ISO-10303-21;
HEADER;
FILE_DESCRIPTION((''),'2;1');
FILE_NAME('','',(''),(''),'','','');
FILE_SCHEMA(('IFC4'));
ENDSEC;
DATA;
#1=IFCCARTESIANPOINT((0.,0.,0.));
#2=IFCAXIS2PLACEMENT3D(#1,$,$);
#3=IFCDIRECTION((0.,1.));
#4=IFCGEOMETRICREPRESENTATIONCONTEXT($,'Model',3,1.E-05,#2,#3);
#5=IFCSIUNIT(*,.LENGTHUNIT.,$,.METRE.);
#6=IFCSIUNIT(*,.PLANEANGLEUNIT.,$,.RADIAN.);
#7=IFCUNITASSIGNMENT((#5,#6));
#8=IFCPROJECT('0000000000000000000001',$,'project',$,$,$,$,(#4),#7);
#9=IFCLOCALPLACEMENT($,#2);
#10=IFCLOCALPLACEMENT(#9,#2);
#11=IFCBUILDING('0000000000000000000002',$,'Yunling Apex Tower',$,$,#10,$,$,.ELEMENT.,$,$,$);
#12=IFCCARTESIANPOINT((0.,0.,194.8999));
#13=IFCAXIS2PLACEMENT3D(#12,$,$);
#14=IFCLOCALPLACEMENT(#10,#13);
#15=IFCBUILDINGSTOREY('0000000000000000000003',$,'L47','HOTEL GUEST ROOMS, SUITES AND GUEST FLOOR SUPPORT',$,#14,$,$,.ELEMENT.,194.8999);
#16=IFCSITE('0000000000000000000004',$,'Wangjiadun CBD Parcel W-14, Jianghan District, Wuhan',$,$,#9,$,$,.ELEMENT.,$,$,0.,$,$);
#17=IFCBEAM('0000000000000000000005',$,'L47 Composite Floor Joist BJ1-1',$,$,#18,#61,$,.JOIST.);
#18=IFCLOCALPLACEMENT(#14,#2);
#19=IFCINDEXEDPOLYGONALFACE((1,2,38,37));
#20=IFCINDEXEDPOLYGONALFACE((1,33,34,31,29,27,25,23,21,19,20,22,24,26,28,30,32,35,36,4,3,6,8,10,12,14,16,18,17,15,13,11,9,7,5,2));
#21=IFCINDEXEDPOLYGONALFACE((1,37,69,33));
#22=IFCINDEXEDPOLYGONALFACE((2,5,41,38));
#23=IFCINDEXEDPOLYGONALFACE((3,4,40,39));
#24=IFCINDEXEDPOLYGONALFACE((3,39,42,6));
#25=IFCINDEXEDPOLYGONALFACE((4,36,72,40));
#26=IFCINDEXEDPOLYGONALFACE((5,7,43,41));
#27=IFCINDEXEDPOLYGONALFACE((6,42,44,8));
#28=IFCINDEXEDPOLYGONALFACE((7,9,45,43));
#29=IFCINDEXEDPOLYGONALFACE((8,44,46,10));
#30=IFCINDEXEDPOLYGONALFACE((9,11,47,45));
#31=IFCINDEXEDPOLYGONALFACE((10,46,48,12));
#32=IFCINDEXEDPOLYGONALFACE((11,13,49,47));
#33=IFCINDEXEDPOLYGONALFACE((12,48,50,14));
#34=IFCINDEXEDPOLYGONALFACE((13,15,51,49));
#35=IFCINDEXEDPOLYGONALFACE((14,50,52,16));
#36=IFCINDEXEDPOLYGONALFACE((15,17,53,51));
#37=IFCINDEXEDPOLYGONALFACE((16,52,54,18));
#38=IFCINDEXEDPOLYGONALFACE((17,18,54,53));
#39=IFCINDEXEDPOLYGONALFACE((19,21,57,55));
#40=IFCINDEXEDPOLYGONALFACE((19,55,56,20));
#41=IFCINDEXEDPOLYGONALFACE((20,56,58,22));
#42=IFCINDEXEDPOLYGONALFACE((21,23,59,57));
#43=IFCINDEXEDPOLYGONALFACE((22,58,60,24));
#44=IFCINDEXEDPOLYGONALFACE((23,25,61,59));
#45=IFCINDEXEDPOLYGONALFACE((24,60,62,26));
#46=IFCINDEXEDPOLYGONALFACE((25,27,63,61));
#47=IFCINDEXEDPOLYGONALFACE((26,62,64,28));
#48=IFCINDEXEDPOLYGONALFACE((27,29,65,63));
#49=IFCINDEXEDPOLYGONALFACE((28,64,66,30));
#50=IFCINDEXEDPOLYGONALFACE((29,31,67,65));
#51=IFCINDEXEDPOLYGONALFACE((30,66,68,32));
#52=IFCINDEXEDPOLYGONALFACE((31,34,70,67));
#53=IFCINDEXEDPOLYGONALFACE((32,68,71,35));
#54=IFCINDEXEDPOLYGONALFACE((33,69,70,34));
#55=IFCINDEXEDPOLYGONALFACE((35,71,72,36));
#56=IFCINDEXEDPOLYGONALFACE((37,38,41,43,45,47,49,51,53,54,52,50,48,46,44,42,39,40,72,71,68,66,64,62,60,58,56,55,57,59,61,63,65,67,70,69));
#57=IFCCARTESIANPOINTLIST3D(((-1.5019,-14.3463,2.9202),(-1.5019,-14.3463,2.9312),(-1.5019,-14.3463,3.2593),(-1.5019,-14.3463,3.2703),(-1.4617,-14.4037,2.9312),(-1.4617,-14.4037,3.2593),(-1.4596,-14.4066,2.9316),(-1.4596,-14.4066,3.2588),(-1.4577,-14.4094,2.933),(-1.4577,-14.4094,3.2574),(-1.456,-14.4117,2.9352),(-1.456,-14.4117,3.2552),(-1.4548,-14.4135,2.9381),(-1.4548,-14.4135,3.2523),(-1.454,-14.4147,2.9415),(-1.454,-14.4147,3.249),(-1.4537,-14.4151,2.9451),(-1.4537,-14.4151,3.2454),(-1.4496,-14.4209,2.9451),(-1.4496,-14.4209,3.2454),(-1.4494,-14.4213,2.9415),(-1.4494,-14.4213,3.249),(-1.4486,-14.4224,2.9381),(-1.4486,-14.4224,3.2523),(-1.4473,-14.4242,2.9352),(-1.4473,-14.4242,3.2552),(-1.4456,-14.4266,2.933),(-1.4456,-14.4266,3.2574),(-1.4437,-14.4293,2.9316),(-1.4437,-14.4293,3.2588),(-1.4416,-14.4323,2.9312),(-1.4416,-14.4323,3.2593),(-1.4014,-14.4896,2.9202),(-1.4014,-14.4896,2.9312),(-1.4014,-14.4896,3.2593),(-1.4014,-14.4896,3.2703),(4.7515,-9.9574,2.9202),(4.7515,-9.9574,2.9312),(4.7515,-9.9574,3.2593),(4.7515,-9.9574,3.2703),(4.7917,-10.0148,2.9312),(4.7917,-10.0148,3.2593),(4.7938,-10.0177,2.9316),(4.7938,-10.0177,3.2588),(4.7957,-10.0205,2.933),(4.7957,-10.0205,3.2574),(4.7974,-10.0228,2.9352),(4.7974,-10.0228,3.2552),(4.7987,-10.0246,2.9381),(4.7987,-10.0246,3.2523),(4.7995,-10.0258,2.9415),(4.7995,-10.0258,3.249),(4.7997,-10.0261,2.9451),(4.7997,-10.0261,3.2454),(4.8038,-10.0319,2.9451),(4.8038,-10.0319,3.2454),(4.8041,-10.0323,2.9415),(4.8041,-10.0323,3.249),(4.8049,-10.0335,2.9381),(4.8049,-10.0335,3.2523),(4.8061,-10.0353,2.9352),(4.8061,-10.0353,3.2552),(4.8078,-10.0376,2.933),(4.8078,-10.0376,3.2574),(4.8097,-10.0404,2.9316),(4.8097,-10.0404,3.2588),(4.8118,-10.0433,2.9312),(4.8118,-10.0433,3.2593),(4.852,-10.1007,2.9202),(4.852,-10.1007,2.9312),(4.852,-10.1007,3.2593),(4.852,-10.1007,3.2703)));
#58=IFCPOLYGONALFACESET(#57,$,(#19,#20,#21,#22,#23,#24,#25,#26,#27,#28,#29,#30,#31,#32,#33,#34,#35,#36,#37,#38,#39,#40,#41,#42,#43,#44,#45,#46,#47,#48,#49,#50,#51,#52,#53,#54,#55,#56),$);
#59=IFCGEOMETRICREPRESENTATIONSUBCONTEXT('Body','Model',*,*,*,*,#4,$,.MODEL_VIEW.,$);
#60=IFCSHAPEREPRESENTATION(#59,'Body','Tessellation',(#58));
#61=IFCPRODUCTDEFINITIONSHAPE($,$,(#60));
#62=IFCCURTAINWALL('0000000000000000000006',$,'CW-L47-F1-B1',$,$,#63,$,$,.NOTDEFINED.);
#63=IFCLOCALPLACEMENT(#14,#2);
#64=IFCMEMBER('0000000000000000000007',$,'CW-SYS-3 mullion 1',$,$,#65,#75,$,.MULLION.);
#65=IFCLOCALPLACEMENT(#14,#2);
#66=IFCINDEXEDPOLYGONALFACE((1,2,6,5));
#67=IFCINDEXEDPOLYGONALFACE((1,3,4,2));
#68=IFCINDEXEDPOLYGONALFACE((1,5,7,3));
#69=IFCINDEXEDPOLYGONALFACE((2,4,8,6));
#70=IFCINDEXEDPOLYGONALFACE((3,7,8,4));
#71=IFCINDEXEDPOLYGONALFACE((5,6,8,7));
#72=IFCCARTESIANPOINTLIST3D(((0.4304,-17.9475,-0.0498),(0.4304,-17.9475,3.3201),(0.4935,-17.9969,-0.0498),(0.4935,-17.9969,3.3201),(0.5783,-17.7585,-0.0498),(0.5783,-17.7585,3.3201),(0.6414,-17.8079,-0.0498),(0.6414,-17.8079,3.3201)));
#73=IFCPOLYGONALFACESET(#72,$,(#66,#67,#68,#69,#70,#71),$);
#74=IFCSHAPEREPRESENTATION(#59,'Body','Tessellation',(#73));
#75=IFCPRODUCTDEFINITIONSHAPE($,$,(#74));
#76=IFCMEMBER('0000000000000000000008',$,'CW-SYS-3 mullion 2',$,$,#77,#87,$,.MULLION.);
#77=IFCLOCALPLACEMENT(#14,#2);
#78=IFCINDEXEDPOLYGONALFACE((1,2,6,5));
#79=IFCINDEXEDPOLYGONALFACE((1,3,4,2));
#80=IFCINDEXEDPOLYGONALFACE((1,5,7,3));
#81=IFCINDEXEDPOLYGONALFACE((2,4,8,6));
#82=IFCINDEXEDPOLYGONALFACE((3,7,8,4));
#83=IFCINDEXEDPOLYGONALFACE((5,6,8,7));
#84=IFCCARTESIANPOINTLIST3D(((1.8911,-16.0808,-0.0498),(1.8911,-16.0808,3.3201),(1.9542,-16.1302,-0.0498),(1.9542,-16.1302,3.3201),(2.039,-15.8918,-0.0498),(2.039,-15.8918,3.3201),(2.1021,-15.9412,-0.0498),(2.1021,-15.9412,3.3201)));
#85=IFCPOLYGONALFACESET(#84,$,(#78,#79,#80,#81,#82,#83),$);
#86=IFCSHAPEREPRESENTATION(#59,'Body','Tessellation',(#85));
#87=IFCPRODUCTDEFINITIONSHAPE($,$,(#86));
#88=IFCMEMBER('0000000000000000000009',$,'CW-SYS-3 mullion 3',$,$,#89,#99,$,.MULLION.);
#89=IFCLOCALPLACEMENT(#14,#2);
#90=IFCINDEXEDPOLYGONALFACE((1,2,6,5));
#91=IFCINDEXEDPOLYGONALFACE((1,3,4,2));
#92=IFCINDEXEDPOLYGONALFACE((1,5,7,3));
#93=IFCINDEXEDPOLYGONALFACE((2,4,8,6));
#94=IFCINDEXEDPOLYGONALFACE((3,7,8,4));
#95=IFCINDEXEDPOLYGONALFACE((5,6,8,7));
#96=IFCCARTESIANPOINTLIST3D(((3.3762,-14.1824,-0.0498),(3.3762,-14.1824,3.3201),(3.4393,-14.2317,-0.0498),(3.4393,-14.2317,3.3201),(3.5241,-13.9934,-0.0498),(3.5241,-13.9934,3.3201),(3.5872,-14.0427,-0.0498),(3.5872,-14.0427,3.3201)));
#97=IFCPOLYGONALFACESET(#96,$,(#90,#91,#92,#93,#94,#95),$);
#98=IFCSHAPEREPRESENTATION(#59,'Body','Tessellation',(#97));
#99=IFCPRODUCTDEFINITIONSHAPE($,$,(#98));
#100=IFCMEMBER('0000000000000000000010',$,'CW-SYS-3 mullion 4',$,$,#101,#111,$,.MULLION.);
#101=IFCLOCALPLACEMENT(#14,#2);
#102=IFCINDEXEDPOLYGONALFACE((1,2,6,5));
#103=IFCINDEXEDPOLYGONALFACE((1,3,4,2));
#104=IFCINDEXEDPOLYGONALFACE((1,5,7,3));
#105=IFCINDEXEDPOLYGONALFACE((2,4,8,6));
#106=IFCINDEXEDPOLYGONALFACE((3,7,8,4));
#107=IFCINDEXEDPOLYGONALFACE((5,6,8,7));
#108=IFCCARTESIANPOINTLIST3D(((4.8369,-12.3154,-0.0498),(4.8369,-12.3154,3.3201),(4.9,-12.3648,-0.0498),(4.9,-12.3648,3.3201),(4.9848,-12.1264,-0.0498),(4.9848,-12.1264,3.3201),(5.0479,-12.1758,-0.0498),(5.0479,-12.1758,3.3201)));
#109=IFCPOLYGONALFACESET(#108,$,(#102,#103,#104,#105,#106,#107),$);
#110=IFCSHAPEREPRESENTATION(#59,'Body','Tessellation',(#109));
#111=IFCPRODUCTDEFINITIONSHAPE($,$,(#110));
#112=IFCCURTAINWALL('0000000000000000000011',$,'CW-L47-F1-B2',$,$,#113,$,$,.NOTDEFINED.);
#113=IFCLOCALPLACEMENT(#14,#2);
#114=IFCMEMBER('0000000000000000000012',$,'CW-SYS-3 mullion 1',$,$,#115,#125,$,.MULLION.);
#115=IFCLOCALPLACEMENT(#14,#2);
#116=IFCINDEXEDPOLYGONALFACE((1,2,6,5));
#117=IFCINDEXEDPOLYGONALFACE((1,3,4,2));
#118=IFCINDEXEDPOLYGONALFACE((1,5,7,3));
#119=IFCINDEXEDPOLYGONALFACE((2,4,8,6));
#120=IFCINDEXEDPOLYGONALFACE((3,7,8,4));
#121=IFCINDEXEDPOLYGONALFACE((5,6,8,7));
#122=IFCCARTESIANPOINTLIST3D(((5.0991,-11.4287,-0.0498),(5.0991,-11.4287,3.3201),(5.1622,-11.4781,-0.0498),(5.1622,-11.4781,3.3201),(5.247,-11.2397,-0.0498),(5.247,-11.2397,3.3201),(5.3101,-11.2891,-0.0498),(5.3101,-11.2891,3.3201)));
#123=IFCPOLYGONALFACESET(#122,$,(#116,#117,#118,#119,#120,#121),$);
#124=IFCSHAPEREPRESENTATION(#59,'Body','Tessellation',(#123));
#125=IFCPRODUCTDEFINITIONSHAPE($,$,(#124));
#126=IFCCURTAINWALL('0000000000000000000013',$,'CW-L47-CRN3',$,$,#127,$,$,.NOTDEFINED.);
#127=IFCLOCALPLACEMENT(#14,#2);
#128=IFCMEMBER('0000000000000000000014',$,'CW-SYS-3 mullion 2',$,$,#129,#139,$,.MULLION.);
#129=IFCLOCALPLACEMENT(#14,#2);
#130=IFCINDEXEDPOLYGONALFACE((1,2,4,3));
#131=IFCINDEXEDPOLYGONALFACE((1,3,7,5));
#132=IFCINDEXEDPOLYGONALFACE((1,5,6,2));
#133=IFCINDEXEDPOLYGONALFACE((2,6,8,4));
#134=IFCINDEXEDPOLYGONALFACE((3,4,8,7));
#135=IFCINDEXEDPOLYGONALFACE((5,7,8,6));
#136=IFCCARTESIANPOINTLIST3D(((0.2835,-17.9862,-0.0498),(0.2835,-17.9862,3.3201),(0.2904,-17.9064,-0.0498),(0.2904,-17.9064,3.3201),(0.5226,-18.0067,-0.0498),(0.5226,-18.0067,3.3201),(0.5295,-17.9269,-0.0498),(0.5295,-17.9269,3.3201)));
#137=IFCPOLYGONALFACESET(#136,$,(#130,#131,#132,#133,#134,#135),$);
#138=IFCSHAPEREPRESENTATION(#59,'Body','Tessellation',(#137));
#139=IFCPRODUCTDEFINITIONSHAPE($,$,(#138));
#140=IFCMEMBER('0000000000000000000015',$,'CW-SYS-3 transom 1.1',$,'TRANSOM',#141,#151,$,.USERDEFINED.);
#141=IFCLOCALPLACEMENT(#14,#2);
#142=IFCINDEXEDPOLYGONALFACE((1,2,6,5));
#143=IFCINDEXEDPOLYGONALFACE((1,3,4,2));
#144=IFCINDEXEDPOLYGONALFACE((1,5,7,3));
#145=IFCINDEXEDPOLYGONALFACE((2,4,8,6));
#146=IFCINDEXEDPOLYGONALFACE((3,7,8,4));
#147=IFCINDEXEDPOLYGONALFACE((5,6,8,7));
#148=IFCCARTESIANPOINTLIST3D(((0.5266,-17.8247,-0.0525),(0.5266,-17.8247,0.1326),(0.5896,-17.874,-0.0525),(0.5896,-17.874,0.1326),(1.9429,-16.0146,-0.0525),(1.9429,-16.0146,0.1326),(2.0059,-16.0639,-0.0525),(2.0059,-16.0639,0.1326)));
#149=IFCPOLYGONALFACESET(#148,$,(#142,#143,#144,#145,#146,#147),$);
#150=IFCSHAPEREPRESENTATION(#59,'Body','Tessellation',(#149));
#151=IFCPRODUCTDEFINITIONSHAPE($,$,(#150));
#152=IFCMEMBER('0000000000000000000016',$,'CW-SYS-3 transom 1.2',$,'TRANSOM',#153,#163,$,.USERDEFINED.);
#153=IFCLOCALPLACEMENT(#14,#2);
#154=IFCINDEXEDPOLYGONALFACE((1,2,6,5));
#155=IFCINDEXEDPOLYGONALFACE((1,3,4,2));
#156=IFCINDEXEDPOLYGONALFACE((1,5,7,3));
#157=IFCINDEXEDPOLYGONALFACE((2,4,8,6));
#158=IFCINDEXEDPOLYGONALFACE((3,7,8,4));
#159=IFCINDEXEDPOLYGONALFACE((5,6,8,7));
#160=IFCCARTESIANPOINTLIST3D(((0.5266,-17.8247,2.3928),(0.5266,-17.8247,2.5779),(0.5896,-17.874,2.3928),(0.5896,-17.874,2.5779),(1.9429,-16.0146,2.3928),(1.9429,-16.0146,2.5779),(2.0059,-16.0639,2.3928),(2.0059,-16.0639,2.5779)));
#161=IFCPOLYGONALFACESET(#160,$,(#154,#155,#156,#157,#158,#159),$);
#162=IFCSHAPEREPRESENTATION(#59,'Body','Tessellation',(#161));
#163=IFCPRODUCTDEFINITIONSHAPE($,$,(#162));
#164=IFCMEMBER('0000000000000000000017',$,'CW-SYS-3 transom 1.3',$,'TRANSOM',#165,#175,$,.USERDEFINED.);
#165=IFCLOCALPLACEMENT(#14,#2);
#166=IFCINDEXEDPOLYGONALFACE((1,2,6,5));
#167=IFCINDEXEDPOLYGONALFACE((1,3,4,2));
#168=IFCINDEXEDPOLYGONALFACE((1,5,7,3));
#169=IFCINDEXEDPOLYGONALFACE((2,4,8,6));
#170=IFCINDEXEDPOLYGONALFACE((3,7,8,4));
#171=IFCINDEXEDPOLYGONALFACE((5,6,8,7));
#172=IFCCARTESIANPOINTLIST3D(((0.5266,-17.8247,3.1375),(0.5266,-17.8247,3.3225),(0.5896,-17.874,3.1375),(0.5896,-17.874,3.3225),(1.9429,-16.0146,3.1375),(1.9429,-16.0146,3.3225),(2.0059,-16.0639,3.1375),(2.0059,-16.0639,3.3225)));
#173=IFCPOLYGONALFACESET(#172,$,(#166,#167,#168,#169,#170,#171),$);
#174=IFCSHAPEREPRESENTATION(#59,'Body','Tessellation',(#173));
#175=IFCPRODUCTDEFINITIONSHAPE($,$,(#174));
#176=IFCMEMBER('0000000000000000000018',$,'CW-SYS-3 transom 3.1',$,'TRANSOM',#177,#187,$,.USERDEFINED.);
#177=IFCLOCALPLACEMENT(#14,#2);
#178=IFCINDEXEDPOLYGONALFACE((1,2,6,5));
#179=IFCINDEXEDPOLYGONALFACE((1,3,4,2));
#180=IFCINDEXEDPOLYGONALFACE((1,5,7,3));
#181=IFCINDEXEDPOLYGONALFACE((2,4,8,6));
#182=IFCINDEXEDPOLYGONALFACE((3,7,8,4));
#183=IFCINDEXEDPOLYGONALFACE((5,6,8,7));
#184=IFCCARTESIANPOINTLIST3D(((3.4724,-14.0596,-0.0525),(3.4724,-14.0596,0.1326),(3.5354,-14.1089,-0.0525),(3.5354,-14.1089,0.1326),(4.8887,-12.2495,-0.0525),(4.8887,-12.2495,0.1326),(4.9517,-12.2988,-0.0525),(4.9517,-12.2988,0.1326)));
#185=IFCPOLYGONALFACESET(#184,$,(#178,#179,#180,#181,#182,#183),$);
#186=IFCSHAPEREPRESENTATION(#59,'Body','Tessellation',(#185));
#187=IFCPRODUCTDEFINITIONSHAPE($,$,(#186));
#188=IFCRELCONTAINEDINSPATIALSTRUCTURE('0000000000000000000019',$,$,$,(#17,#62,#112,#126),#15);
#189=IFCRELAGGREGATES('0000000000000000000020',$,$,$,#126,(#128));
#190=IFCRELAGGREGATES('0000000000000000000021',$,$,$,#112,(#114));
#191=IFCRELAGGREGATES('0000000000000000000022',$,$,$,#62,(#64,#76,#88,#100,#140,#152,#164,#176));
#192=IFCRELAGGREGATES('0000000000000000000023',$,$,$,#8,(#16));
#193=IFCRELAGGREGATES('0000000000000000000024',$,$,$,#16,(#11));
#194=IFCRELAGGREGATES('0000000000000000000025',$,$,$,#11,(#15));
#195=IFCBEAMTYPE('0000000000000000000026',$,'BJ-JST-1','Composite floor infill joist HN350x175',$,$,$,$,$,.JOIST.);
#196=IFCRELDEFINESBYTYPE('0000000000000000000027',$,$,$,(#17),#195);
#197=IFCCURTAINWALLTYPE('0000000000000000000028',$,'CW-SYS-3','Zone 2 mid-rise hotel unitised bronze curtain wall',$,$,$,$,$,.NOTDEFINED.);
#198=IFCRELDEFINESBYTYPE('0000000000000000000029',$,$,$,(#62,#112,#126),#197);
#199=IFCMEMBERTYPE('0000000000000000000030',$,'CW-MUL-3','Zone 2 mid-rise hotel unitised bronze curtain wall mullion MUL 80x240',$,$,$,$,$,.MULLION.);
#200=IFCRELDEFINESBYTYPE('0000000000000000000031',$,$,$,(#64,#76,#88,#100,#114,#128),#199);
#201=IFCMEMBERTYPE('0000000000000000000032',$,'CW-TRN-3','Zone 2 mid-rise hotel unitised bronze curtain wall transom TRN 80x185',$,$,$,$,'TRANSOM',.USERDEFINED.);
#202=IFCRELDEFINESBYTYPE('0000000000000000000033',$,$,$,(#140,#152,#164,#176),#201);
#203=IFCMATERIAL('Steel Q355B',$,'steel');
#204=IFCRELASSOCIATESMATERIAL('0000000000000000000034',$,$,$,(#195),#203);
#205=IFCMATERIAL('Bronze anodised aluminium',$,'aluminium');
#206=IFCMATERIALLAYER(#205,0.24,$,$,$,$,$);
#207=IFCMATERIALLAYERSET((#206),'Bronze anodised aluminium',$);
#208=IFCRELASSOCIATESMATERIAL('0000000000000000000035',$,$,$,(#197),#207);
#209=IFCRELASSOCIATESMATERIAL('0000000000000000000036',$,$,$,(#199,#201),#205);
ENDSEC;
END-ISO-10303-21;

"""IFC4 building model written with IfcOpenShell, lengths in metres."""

from ifc_helpers import new_model, si_unit, direction, frame, origin, origin_2d, place, context, subcontext, project, spatial, rectangle, i_section, extrude, source, transform, mapped, material, layer, layer_set, material_profile, profile_set, type_object, element, aggregate, save


model = new_model("IFC4")

# Units and contexts
model_context = context("Model", 3, precision=1e-05, world=origin(), true_north=direction((0.0, 1.0)))
body_context = subcontext(model_context, "Body", "Model", "MODEL_VIEW")
ifc_project = project(units=[si_unit("LENGTHUNIT", "METRE"), si_unit("PLANEANGLEUNIT", "RADIAN")], contexts=[model_context])

# Site, building, storey
site_placement = place(None, origin())
site = spatial("IfcSite", under=ifc_project, at=site_placement, Name="Wangjiadun CBD Parcel W-14, Jianghan District, Wuhan", CompositionType="ELEMENT", RefElevation=0.0)
building_placement = place(site_placement, origin())
building = spatial("IfcBuilding", under=site, at=building_placement, Name="Yunling Apex Tower", CompositionType="ELEMENT")
storey_placement = place(building_placement, frame((0.0, 0.0, 194.8999)))
storey = spatial("IfcBuildingStorey", under=building, at=storey_placement, Name="L47", Description="HOTEL GUEST ROOMS, SUITES AND GUEST FLOOR SUPPORT", CompositionType="ELEMENT", Elevation=194.8999)

# Beam
ifc_material_1 = material(Name="Steel Q355B", Category="steel")
ifc_material_profile_1 = material_profile(ifc_material_1, i_section(OverallWidth=0.175, OverallDepth=0.3501, WebThickness=0.0071, FlangeThickness=0.011, FilletRadius=0.0139, at=origin_2d()))
ifc_profile_set_1 = profile_set([ifc_material_profile_1], Name="Steel Q355B")
beam_type_1 = type_object("IfcBeamType", Name="BJ-JST-1", Description="Composite floor infill joist HN350x175", PredefinedType="JOIST", material=ifc_profile_set_1)
shared_shape_1 = source(origin(), body_context, "Body", "SweptSolid", [
    extrude(i_section(OverallWidth=0.175, OverallDepth=0.3501, WebThickness=0.0071, FlangeThickness=0.011, FilletRadius=0.0139, at=origin_2d()), origin(), (0.0, 0.0, 1.0), 7.6399),
])
beam_1_placement = place(storey_placement, frame((-1.4517, -14.418, 3.0952), z_axis=(0.818523, 0.574474, 0.0), x_axis=(-0.574474, 0.818523, 0.0)))
element("IfcBeam", 1, at=beam_1_placement, inside=storey, type_object=beam_type_1, Name="L47 Composite Floor Joist BJ1-1", PredefinedType="JOIST", context=body_context, shape_type="MappedRepresentation", body=[
    mapped(shared_shape_1, transform((0.0, 0.0, 0.0), scale=1.0)),
])

# Curtain wall, members
ifc_material_2 = material(Name="Bronze anodised aluminium", Category="aluminium")
ifc_layer_1 = layer(ifc_material_2, 0.24)
ifc_layer_set_1 = layer_set([ifc_layer_1], Name="Bronze anodised aluminium")
curtain_wall_type = type_object("IfcCurtainWallType", Name="CW-SYS-3", Description="Zone 2 mid-rise hotel unitised bronze curtain wall", PredefinedType="NOTDEFINED", material=ifc_layer_set_1)
curtain_wall_1_placement = place(storey_placement, origin())
curtain_wall_1 = element("IfcCurtainWall", 2, at=curtain_wall_1_placement, inside=storey, type_object=curtain_wall_type, Name="CW-L47-F1-B1", PredefinedType="NOTDEFINED")
ifc_material_profile_2 = material_profile(ifc_material_2, rectangle(XDim=0.0801, YDim=0.24, at=origin_2d()))
ifc_profile_set_2 = profile_set([ifc_material_profile_2], Name="Bronze anodised aluminium")
member_type_1 = type_object("IfcMemberType", Name="CW-MUL-3", Description="Zone 2 mid-rise hotel unitised bronze curtain wall mullion MUL 80x240", PredefinedType="MULLION", material=ifc_profile_set_2)
shared_shape_2 = source(origin(), body_context, "Body", "SweptSolid", [
    extrude(rectangle(XDim=0.0801, YDim=0.24, at=origin_2d()), origin(), (0.0, 0.0, 1.0), 3.3699),
])
member_1_placement = place(storey_placement, frame((0.5359, -17.8777, -0.0498), z_axis=(0.0, 0.0, 1.0), x_axis=(-0.787589, 0.6162, 0.0)))
member_1 = element("IfcMember", 3, at=member_1_placement, type_object=member_type_1, Name="CW-SYS-3 mullion 1", PredefinedType="MULLION", context=body_context, shape_type="MappedRepresentation", body=[
    mapped(shared_shape_2, transform((0.0, 0.0, 0.0), scale=1.0)),
])
member_2_placement = place(storey_placement, frame((1.9966, -16.011, -0.0498), z_axis=(0.0, 0.0, 1.0), x_axis=(-0.787589, 0.6162, 0.0)))
member_2 = element("IfcMember", 4, at=member_2_placement, type_object=member_type_1, Name="CW-SYS-3 mullion 2", PredefinedType="MULLION", context=body_context, shape_type="MappedRepresentation", body=[
    mapped(shared_shape_2, transform((0.0, 0.0, 0.0), scale=1.0)),
])
member_3_placement = place(storey_placement, frame((3.4817, -14.1125, -0.0498), z_axis=(0.0, 0.0, 1.0), x_axis=(-0.787589, 0.6162, 0.0)))
member_3 = element("IfcMember", 5, at=member_3_placement, type_object=member_type_1, Name="CW-SYS-3 mullion 3", PredefinedType="MULLION", context=body_context, shape_type="MappedRepresentation", body=[
    mapped(shared_shape_2, transform((0.0, 0.0, 0.0), scale=1.0)),
])
member_4_placement = place(storey_placement, frame((4.9424, -12.2456, -0.0498), z_axis=(0.0, 0.0, 1.0), x_axis=(-0.787589, 0.6162, 0.0)))
member_4 = element("IfcMember", 6, at=member_4_placement, type_object=member_type_1, Name="CW-SYS-3 mullion 4", PredefinedType="MULLION", context=body_context, shape_type="MappedRepresentation", body=[
    mapped(shared_shape_2, transform((0.0, 0.0, 0.0), scale=1.0)),
])

# Curtain walls, members
curtain_wall_2_placement = place(storey_placement, origin())
curtain_wall_2 = element("IfcCurtainWall", 7, at=curtain_wall_2_placement, inside=storey, type_object=curtain_wall_type, Name="CW-L47-F1-B2", PredefinedType="NOTDEFINED")
member_5_placement = place(storey_placement, frame((5.2046, -11.3589, -0.0498), z_axis=(0.0, 0.0, 1.0), x_axis=(-0.787576, 0.616217, 0.0)))
member_5 = element("IfcMember", 8, at=member_5_placement, type_object=member_type_1, Name="CW-SYS-3 mullion 1", PredefinedType="MULLION", context=body_context, shape_type="MappedRepresentation", body=[
    mapped(shared_shape_2, transform((0.0, 0.0, 0.0), scale=1.0)),
])
curtain_wall_3_placement = place(storey_placement, origin())
curtain_wall_3 = element("IfcCurtainWall", 9, at=curtain_wall_3_placement, inside=storey, type_object=curtain_wall_type, Name="CW-L47-CRN3", PredefinedType="NOTDEFINED")
member_6_placement = place(storey_placement, frame((0.4065, -17.9565, -0.0498), z_axis=(0.0, 0.0, 1.0), x_axis=(0.085517, 0.996337, 0.0)))
member_6 = element("IfcMember", 10, at=member_6_placement, type_object=member_type_1, Name="CW-SYS-3 mullion 2", PredefinedType="MULLION", context=body_context, shape_type="MappedRepresentation", body=[
    mapped(shared_shape_2, transform((0.0, 0.0, 0.0), scale=1.0)),
])
aggregate(curtain_wall_3, [member_6])

# Members
ifc_material_profile_3 = material_profile(ifc_material_2, rectangle(XDim=0.0801, YDim=0.1851, at=origin_2d()))
ifc_profile_set_3 = profile_set([ifc_material_profile_3], Name="Bronze anodised aluminium")
member_type_2 = type_object("IfcMemberType", Name="CW-TRN-3", Description="Zone 2 mid-rise hotel unitised bronze curtain wall transom TRN 80x185", ElementType="TRANSOM", PredefinedType="USERDEFINED", material=ifc_profile_set_3)
shared_shape_3 = source(origin(), body_context, "Body", "SweptSolid", [
    extrude(rectangle(XDim=0.0801, YDim=0.1851, at=origin_2d()), origin(), (0.0, 0.0, 1.0), 2.2983),
])
member_7_placement = place(storey_placement, frame((0.5581, -17.8494, 0.04), z_axis=(0.616225, 0.78757, 0.0), x_axis=(-0.78757, 0.616225, 0.0)))
member_7 = element("IfcMember", 11, at=member_7_placement, type_object=member_type_2, Name="CW-SYS-3 transom 1.1", ObjectType="TRANSOM", PredefinedType="USERDEFINED", context=body_context, shape_type="MappedRepresentation", body=[
    mapped(shared_shape_3, transform((0.0, 0.0, 0.0), scale=1.0)),
])
member_8_placement = place(storey_placement, frame((0.5581, -17.8494, 2.4854), z_axis=(0.616225, 0.78757, 0.0), x_axis=(-0.78757, 0.616225, 0.0)))
member_8 = element("IfcMember", 12, at=member_8_placement, type_object=member_type_2, Name="CW-SYS-3 transom 1.2", ObjectType="TRANSOM", PredefinedType="USERDEFINED", context=body_context, shape_type="MappedRepresentation", body=[
    mapped(shared_shape_3, transform((0.0, 0.0, 0.0), scale=1.0)),
])
member_9_placement = place(storey_placement, frame((0.5581, -17.8494, 3.23), z_axis=(0.616225, 0.78757, 0.0), x_axis=(-0.78757, 0.616225, 0.0)))
member_9 = element("IfcMember", 13, at=member_9_placement, type_object=member_type_2, Name="CW-SYS-3 transom 1.3", ObjectType="TRANSOM", PredefinedType="USERDEFINED", context=body_context, shape_type="MappedRepresentation", body=[
    mapped(shared_shape_3, transform((0.0, 0.0, 0.0), scale=1.0)),
])
member_10_placement = place(storey_placement, frame((3.5039, -14.0842, 0.04), z_axis=(0.616225, 0.78757, 0.0), x_axis=(-0.78757, 0.616225, 0.0)))
member_10 = element("IfcMember", 14, at=member_10_placement, type_object=member_type_2, Name="CW-SYS-3 transom 3.1", ObjectType="TRANSOM", PredefinedType="USERDEFINED", context=body_context, shape_type="MappedRepresentation", body=[
    mapped(shared_shape_3, transform((0.0, 0.0, 0.0), scale=1.0)),
])
aggregate(curtain_wall_2, [member_5])

aggregate(curtain_wall_1, [member_1, member_2, member_3, member_4, member_7, member_8, member_9, member_10])

save(model, "model.ifc")
